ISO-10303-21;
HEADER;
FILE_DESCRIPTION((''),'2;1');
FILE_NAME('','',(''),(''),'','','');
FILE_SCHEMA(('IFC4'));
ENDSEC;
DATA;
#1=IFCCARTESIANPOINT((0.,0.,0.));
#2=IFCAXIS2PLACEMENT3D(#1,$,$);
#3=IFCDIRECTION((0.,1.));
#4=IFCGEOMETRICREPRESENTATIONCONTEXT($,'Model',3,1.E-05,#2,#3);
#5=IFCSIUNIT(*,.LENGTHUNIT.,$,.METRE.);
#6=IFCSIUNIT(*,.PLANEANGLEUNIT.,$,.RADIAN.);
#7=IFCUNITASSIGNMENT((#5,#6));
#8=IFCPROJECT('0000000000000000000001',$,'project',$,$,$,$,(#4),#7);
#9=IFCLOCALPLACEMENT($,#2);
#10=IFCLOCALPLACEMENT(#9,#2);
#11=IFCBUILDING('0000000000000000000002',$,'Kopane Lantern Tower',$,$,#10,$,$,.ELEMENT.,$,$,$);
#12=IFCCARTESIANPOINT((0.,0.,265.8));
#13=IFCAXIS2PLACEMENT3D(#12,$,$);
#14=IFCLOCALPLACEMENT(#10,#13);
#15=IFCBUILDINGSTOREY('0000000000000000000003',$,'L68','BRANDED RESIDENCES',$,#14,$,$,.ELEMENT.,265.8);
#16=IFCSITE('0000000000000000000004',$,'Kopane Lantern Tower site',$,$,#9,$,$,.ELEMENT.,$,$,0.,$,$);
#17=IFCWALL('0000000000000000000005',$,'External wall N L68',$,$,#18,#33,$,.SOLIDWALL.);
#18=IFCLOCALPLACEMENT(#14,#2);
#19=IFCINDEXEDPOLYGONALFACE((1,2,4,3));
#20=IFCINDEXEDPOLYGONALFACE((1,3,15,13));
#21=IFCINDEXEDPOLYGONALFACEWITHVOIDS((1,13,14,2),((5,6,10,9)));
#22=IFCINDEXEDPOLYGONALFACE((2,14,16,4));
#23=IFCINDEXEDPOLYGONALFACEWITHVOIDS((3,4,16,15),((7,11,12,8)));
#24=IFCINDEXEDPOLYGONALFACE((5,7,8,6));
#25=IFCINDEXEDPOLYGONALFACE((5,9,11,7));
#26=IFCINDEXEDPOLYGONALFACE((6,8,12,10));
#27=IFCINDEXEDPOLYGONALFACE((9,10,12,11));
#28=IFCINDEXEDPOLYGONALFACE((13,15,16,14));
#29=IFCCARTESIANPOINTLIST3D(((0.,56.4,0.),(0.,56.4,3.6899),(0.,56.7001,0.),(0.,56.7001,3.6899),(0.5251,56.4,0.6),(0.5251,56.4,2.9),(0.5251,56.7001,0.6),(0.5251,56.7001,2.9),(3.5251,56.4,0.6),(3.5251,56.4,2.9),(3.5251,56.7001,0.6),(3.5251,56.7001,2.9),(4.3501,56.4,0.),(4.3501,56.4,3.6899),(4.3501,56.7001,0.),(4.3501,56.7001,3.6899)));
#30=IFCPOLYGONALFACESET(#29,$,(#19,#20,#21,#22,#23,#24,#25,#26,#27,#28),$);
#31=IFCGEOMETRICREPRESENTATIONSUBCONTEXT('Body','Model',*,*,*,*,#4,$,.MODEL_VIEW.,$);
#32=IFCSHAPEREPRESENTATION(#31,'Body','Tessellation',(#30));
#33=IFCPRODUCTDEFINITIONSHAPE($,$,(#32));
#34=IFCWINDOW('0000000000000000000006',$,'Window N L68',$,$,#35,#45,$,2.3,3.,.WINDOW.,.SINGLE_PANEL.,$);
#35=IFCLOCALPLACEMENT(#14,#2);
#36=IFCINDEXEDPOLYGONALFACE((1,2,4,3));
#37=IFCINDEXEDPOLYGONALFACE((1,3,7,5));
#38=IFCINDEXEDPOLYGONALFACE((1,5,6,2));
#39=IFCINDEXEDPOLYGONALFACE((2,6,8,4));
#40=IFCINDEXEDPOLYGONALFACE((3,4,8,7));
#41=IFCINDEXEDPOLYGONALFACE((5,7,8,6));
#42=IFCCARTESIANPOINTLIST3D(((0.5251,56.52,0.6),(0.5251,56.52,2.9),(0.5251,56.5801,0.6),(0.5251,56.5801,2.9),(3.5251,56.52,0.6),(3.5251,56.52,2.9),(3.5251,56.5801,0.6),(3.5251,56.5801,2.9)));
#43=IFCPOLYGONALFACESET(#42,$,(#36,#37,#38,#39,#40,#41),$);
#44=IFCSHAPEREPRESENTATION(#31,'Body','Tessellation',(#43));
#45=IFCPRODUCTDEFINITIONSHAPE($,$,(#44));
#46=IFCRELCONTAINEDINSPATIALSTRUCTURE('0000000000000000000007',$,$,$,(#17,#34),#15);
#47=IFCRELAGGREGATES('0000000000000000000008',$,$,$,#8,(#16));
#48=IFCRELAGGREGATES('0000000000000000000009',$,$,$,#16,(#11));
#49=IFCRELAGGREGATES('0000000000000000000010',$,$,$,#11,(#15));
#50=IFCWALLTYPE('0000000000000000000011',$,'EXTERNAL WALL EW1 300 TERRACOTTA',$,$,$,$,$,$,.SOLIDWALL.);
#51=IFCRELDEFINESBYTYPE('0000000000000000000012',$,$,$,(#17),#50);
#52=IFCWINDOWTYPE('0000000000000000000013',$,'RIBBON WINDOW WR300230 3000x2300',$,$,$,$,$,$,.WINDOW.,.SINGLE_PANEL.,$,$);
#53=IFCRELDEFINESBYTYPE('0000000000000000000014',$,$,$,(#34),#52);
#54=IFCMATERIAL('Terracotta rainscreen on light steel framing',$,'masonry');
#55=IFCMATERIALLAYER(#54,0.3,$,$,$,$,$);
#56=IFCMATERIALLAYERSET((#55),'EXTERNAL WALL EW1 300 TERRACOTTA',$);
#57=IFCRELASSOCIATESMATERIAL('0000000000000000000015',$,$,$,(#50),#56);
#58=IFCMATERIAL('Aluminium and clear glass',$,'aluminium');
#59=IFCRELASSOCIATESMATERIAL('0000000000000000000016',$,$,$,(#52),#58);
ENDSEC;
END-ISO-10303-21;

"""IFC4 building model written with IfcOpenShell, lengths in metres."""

from ifc_helpers import new_model, si_unit, direction, frame, frame_2d, origin, place, context, subcontext, project, spatial, rectangle, extrude, material, layer, layer_set, type_object, element, fill, save


model = new_model("IFC4")

# Units and contexts
model_context = context("Model", 3, precision=1e-05, world=origin(), true_north=direction((0.0, 1.0)))
body_context = subcontext(model_context, "Body", "Model", "MODEL_VIEW")
ifc_project = project(units=[si_unit("LENGTHUNIT", "METRE"), si_unit("PLANEANGLEUNIT", "RADIAN")], contexts=[model_context])

# Site, building, storey
site_placement = place(None, origin())
site = spatial("IfcSite", under=ifc_project, at=site_placement, Name="Kopane Lantern Tower site", CompositionType="ELEMENT", RefElevation=0.0)
building_placement = place(site_placement, origin())
building = spatial("IfcBuilding", under=site, at=building_placement, Name="Kopane Lantern Tower", CompositionType="ELEMENT")
storey_placement = place(building_placement, frame((0.0, 0.0, 265.8)))
storey = spatial("IfcBuildingStorey", under=building, at=storey_placement, Name="L68", Description="BRANDED RESIDENCES", CompositionType="ELEMENT", Elevation=265.8)

# Wall, opening, window
ifc_material_1 = material(Name="Terracotta rainscreen on light steel framing", Category="masonry")
ifc_layer_1 = layer(ifc_material_1, 0.3)
ifc_layer_set_1 = layer_set([ifc_layer_1], Name="EXTERNAL WALL EW1 300 TERRACOTTA")
wall_type_1 = type_object("IfcWallType", Name="EXTERNAL WALL EW1 300 TERRACOTTA", PredefinedType="SOLIDWALL", material=ifc_layer_set_1)
wall_1_placement = place(storey_placement, frame((4.3501, 56.55, 0.0), z_axis=(0.0, 0.0, 1.0), x_axis=(-1.0, 0.0, 0.0)))
wall_1 = element("IfcWall", 1, at=wall_1_placement, inside=storey, type_object=wall_type_1, Name="External wall N L68", PredefinedType="SOLIDWALL", context=body_context, shape_type="SweptSolid", body=[
    extrude(rectangle(XDim=4.3501, YDim=0.3, at=frame_2d((2.175, 0.0))), origin(), (0.0, 0.0, 1.0), 3.6899),
])
opening_1_placement = place(wall_1_placement, frame((0.825, 0.0, 0.6001)))
opening_1 = element("IfcOpeningElement", 2, at=opening_1_placement, cuts=wall_1, PredefinedType="OPENING", context=body_context, shape_type="SweptSolid", body=[
    extrude(rectangle(XDim=3.0, YDim=2.3, at=frame_2d((1.5, 1.1499))), frame((0.0, 0.1599, 0.0), z_axis=(0.0, -1.0, 0.0), x_axis=(1.0, 0.0, 0.0)), (0.0, 0.0, 1.0), 0.3201),
])
ifc_material_2 = material(Name="Aluminium and clear glass", Category="aluminium")
window_type_1 = type_object("IfcWindowType", Name="RIBBON WINDOW WR300230 3000x2300", PartitioningType="SINGLE_PANEL", PredefinedType="WINDOW", material=ifc_material_2)
window_1_placement = place(opening_1_placement, origin())
window_1 = element("IfcWindow", 3, at=window_1_placement, inside=storey, type_object=window_type_1, Name="Window N L68", OverallHeight=2.3, OverallWidth=3.0, PartitioningType="SINGLE_PANEL", PredefinedType="WINDOW", context=body_context, shape_type="SweptSolid", body=[
    extrude(rectangle(XDim=3.0, YDim=2.3, at=frame_2d((1.5, 1.1499))), frame((0.0, 0.03, 0.0), z_axis=(0.0, -1.0, 0.0), x_axis=(1.0, 0.0, 0.0)), (0.0, 0.0, 1.0), 0.0601),
])
fill(opening_1, window_1)

save(model, "model.ifc")
